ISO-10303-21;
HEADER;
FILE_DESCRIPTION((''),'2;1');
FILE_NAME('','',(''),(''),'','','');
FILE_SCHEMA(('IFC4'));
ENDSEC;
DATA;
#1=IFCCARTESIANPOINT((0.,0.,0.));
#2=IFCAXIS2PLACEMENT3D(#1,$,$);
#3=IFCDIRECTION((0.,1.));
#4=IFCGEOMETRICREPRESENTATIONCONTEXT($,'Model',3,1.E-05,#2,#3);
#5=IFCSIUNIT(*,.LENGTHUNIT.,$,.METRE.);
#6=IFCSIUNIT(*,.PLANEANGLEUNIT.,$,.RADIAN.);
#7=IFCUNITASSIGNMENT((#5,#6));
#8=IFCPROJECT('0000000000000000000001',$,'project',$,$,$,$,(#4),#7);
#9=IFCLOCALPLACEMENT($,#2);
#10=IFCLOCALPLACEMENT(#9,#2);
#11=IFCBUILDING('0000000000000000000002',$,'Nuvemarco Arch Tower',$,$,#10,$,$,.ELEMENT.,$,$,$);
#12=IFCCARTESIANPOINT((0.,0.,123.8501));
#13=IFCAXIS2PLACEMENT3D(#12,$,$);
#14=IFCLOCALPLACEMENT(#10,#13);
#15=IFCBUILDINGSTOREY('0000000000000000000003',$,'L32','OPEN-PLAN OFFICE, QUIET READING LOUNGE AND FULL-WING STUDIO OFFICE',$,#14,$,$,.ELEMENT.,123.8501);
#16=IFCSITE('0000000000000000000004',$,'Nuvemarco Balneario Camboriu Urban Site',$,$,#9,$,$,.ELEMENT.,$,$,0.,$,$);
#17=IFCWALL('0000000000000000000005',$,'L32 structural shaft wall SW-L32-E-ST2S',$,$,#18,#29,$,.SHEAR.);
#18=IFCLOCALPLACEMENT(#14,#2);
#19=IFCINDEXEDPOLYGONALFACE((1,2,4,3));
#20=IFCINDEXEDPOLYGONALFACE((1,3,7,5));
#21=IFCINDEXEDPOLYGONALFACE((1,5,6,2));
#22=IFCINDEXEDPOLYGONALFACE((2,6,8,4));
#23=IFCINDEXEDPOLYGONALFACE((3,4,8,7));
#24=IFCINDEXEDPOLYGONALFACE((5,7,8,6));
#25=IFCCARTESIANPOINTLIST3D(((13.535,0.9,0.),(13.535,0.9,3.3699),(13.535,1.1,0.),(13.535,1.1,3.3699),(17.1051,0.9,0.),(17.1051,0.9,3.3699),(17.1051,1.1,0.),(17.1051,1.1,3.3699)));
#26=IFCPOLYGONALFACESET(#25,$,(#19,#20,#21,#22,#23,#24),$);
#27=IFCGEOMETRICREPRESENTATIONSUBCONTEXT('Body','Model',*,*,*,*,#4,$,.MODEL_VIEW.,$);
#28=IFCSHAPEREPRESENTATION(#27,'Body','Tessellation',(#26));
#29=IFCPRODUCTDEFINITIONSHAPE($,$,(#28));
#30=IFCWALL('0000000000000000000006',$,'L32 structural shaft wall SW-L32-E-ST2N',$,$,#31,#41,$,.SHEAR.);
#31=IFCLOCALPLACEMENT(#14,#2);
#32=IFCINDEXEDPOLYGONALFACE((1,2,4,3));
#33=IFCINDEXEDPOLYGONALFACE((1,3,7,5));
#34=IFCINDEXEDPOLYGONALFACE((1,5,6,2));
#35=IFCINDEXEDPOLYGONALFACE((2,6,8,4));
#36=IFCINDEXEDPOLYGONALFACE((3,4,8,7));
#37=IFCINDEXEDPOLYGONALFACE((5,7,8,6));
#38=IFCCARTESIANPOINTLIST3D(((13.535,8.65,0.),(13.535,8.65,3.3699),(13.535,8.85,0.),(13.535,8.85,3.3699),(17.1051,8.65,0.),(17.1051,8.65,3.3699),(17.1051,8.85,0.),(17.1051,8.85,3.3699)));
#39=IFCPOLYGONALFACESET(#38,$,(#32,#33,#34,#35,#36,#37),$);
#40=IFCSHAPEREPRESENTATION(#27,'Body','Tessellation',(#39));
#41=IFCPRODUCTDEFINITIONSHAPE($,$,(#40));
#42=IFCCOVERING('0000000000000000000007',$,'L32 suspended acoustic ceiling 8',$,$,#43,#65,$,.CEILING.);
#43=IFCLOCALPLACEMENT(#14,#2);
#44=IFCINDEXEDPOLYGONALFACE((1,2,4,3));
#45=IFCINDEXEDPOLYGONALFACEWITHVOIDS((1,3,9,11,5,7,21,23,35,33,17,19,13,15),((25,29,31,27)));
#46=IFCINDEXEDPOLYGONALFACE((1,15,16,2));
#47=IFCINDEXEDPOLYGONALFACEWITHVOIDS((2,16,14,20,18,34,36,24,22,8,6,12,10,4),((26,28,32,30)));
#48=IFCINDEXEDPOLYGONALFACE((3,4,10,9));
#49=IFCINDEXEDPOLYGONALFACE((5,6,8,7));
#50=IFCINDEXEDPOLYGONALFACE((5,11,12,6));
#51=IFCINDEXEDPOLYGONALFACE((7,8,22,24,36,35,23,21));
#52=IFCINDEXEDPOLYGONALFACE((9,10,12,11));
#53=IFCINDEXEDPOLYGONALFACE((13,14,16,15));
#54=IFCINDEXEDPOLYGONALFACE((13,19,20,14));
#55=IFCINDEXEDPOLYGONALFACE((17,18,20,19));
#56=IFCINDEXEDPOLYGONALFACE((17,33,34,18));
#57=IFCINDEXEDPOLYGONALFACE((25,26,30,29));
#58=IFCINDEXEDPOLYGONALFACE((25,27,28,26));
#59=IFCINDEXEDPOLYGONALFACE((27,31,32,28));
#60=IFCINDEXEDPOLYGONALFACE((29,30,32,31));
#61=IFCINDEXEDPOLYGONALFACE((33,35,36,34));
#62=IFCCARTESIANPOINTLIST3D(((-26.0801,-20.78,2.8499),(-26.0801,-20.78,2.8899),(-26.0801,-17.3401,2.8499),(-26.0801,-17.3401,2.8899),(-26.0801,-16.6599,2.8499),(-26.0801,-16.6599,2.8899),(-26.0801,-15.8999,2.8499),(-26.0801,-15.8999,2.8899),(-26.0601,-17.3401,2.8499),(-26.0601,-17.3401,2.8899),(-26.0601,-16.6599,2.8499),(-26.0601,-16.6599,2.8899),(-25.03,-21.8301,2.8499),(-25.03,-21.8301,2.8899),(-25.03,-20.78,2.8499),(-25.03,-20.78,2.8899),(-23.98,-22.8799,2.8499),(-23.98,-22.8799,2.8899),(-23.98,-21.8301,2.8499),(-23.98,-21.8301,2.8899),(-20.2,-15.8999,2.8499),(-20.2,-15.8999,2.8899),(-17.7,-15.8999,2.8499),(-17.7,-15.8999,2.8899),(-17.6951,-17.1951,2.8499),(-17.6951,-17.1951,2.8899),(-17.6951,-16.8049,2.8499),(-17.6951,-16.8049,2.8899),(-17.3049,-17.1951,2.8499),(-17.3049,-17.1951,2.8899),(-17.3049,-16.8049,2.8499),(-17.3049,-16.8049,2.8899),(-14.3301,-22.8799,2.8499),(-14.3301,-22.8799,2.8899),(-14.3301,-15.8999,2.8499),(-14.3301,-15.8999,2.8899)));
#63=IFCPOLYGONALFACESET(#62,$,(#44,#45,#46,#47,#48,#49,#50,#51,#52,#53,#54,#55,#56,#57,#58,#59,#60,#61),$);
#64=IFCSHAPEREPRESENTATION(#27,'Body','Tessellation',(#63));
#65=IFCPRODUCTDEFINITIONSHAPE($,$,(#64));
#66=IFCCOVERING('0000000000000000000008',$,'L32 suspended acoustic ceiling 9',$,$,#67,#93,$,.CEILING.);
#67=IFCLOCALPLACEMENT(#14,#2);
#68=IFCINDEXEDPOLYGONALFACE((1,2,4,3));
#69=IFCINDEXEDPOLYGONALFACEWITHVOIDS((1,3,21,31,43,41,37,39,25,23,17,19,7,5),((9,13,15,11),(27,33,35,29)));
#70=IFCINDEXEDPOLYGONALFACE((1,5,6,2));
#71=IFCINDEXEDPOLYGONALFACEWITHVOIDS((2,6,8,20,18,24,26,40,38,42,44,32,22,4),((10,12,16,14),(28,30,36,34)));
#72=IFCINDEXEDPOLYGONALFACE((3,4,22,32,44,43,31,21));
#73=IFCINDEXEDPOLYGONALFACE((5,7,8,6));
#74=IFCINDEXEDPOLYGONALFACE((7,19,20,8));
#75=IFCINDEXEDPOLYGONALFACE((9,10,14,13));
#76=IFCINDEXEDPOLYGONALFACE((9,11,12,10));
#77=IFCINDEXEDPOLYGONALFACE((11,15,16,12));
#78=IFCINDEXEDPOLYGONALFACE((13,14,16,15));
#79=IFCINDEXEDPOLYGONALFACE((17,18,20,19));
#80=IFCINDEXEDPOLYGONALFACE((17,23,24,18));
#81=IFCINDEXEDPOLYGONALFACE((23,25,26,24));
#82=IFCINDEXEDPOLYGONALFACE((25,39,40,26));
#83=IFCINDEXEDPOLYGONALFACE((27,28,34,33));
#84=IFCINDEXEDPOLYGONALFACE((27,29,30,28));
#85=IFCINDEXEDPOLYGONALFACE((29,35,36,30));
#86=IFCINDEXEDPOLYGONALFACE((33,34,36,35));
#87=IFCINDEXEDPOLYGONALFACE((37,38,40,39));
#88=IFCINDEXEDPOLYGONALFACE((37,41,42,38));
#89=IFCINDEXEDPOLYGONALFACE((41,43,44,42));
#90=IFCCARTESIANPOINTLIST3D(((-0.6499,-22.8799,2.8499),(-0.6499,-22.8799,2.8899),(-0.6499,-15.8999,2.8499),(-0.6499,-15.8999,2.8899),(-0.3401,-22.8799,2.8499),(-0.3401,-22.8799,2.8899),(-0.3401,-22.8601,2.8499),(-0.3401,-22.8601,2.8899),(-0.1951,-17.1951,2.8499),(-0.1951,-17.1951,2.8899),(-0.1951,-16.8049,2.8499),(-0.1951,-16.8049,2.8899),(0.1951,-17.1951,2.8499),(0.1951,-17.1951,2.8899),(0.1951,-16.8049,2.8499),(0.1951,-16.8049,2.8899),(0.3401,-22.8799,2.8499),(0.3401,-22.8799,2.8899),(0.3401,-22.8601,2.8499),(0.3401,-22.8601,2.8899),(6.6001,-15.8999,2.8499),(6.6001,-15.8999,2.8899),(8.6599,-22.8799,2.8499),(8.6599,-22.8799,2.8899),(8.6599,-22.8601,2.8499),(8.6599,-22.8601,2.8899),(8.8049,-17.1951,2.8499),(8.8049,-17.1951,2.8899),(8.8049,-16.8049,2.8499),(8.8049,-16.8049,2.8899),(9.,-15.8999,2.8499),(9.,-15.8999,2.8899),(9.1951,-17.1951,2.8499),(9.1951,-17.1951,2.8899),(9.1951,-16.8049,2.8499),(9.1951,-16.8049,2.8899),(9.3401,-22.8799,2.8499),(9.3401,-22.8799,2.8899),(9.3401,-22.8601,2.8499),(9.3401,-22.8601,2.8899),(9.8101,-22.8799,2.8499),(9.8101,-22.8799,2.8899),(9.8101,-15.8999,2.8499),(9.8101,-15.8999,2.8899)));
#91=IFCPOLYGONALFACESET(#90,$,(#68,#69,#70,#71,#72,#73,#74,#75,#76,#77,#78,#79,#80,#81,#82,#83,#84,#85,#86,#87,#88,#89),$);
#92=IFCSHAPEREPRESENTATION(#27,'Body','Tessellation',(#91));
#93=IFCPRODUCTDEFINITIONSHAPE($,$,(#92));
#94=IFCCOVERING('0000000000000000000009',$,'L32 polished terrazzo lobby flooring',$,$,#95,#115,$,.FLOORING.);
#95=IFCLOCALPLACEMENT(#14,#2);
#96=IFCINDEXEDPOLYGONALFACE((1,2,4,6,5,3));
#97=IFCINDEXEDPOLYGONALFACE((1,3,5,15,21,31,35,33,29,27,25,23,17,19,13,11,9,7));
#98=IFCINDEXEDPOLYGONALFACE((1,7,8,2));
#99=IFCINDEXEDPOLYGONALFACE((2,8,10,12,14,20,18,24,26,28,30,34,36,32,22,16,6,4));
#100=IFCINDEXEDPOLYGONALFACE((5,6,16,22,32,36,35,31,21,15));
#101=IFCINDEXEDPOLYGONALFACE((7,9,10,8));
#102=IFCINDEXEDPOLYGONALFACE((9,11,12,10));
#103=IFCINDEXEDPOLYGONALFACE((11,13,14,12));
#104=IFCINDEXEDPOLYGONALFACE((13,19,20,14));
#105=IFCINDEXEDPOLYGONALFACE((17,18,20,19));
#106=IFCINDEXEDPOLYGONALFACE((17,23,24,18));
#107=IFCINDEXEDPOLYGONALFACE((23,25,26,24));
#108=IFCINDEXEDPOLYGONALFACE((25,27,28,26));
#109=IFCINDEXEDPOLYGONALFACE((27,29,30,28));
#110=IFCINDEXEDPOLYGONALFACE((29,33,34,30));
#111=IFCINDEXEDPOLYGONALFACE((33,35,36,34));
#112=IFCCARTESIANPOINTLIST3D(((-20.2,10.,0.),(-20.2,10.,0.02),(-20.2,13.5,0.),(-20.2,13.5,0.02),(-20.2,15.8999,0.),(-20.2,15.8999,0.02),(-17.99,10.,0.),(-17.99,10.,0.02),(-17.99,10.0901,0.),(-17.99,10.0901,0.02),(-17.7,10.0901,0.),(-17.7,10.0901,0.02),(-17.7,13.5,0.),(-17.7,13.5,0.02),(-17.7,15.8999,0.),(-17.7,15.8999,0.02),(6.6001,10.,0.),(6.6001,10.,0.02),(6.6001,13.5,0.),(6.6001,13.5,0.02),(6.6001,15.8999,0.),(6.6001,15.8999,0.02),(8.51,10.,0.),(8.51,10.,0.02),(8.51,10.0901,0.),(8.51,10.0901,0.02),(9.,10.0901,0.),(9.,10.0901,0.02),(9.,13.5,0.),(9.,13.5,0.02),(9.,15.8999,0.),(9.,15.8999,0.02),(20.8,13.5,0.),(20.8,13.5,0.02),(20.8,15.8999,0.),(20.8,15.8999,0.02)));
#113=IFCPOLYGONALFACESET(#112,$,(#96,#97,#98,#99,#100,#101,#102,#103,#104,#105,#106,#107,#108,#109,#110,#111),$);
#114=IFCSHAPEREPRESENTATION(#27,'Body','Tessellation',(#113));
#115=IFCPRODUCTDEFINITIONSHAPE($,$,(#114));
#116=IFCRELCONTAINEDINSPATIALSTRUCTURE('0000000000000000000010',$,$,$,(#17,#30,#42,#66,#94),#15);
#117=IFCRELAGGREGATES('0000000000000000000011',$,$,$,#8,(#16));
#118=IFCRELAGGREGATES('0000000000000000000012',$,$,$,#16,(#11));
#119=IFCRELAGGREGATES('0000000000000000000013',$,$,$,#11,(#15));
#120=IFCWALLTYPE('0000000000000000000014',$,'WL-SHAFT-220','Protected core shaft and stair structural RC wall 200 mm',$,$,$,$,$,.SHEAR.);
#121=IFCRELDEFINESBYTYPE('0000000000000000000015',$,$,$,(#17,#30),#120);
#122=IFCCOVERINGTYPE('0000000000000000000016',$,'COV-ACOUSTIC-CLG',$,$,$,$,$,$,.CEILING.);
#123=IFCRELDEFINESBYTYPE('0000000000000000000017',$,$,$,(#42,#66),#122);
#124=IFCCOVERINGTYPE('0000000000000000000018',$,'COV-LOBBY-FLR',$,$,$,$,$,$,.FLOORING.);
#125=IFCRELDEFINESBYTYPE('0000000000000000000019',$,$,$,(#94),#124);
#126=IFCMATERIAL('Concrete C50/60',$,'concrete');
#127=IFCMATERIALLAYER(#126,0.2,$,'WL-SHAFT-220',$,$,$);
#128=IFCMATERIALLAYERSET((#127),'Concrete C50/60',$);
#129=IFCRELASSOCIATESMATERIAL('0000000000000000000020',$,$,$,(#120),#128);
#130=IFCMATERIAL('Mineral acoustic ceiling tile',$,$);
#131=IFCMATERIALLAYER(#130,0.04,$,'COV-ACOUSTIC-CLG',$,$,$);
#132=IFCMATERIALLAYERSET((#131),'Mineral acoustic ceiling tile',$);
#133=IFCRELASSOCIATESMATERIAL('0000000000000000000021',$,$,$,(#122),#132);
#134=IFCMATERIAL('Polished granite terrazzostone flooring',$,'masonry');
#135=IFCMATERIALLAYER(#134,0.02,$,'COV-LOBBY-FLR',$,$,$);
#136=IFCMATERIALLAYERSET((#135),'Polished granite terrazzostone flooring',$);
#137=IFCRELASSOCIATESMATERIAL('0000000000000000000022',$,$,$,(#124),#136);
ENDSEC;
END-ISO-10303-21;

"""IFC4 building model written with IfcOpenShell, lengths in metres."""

from ifc_helpers import new_model, si_unit, direction, frame, frame_2d, origin, place, context, subcontext, project, spatial, polyline, rectangle, outline, extrude, material, layer, layer_set, type_object, element, save


model = new_model("IFC4")

# Units and contexts
model_context = context("Model", 3, precision=1e-05, world=origin(), true_north=direction((0.0, 1.0)))
body_context = subcontext(model_context, "Body", "Model", "MODEL_VIEW")
ifc_project = project(units=[si_unit("LENGTHUNIT", "METRE"), si_unit("PLANEANGLEUNIT", "RADIAN")], contexts=[model_context])

# Site, building, storey
site_placement = place(None, origin())
site = spatial("IfcSite", under=ifc_project, at=site_placement, Name="Nuvemarco Balneario Camboriu Urban Site", CompositionType="ELEMENT", RefElevation=0.0)
building_placement = place(site_placement, origin())
building = spatial("IfcBuilding", under=site, at=building_placement, Name="Nuvemarco Arch Tower", CompositionType="ELEMENT")
storey_placement = place(building_placement, frame((0.0, 0.0, 123.8501)))
storey = spatial("IfcBuildingStorey", under=building, at=storey_placement, Name="L32", Description="OPEN-PLAN OFFICE, QUIET READING LOUNGE AND FULL-WING STUDIO OFFICE", CompositionType="ELEMENT", Elevation=123.8501)

# Shared definitions
ifc_material_1 = material(Name="Concrete C50/60", Category="concrete")

# Shared definitions
ifc_layer_1 = layer(ifc_material_1, 0.2, Name="WL-SHAFT-220")
ifc_layer_set_1 = layer_set([ifc_layer_1], Name="Concrete C50/60")
wall_type_1 = type_object("IfcWallType", Name="WL-SHAFT-220", Description="Protected core shaft and stair structural RC wall 200 mm", PredefinedType="SHEAR", material=ifc_layer_set_1)

# Walls
for number, where, z_axis, x_axis, name in (
    (1, (13.5349, 1.0, 0.0), (0.0, 0.0, 1.0), (1.0, 0.0, 0.0), "L32 structural shaft wall SW-L32-E-ST2S"),
    (2, (13.5349, 8.75, 0.0), (0.0, 0.0, 1.0), (1.0, 0.0, 0.0), "L32 structural shaft wall SW-L32-E-ST2N"),
):
    element("IfcWall", number, at=place(storey_placement, frame(where, z_axis=z_axis, x_axis=x_axis)), inside=storey, type_object=wall_type_1, Name=name, PredefinedType="SHEAR", context=body_context, shape_type="SweptSolid", body=[
        extrude(rectangle(XDim=3.5701, YDim=0.2, at=frame_2d((1.7852, 0.0))), origin(), (0.0, 0.0, 1.0), 3.3699),
    ])

# Coverings
ifc_material_2 = material(Name="Mineral acoustic ceiling tile")
ifc_layer_2 = layer(ifc_material_2, 0.04, Name="COV-ACOUSTIC-CLG")
ifc_layer_set_2 = layer_set([ifc_layer_2], Name="Mineral acoustic ceiling tile")
covering_type_1 = type_object("IfcCoveringType", Name="COV-ACOUSTIC-CLG", PredefinedType="CEILING", material=ifc_layer_set_2)
covering_1_placement = place(storey_placement, frame((0.0, 0.0, 2.8499)))
element("IfcCovering", 3, at=covering_1_placement, inside=storey, type_object=covering_type_1, Name="L32 suspended acoustic ceiling 8", PredefinedType="CEILING", context=body_context, shape_type="SweptSolid", body=[
    extrude(outline(polyline([(-26.0801, -20.78), (-26.0801, -17.3401), (-26.0601, -17.3401), (-26.0601, -16.6599), (-26.0801, -16.6599), (-26.0801, -15.8999), (-20.2, -15.8999), (-17.7, -15.8999), (-14.3301, -15.8999), (-14.3301, -22.8799), (-23.98, -22.8799), (-23.98, -21.8301), (-25.03, -21.8301), (-25.03, -20.78), (-26.0801, -20.78)]), holes=[polyline([(-17.3049, -16.8049), (-17.6951, -16.8049), (-17.6951, -17.1951), (-17.3049, -17.1951), (-17.3049, -16.8049)])]), origin(), (0.0, 0.0, 1.0), 0.04),
])
covering_2_placement = place(storey_placement, frame((0.0, 0.0, 2.8499)))
element("IfcCovering", 4, at=covering_2_placement, inside=storey, type_object=covering_type_1, Name="L32 suspended acoustic ceiling 9", PredefinedType="CEILING", context=body_context, shape_type="SweptSolid", body=[
    extrude(outline(polyline([(9.8101, -15.8999), (9.8101, -22.8799), (9.3401, -22.8799), (9.3401, -22.8601), (8.6599, -22.8601), (8.6599, -22.8799), (0.3401, -22.8799), (0.3401, -22.8601), (-0.3401, -22.8601), (-0.3401, -22.8799), (-0.6499, -22.8799), (-0.6499, -15.8999), (6.6001, -15.8999), (9.0, -15.8999), (9.8101, -15.8999)]), holes=[polyline([(0.1951, -17.1951), (0.1951, -16.8049), (-0.1951, -16.8049), (-0.1951, -17.1951), (0.1951, -17.1951)]), polyline([(9.1951, -17.1951), (9.1951, -16.8049), (8.8049, -16.8049), (8.8049, -17.1951), (9.1951, -17.1951)])]), origin(), (0.0, 0.0, 1.0), 0.04),
])
ifc_material_3 = material(Name="Polished granite terrazzostone flooring", Category="masonry")
ifc_layer_3 = layer(ifc_material_3, 0.02, Name="COV-LOBBY-FLR")
ifc_layer_set_3 = layer_set([ifc_layer_3], Name="Polished granite terrazzostone flooring")
covering_type_2 = type_object("IfcCoveringType", Name="COV-LOBBY-FLR", PredefinedType="FLOORING", material=ifc_layer_set_3)
covering_3_placement = place(storey_placement, origin())
element("IfcCovering", 5, at=covering_3_placement, inside=storey, type_object=covering_type_2, Name="L32 polished terrazzo lobby flooring", PredefinedType="FLOORING", context=body_context, shape_type="SweptSolid", body=[
    extrude(outline(polyline([(-20.2, 13.5), (-20.2, 15.8999), (-17.7, 15.8999), (6.6001, 15.8999), (9.0, 15.8999), (20.8, 15.8999), (20.8, 13.5), (9.0, 13.5), (9.0, 10.0901), (8.51, 10.0901), (8.51, 10.0), (6.6001, 10.0), (6.6001, 13.5), (-17.7, 13.5), (-17.7, 10.0901), (-17.99, 10.0901), (-17.99, 10.0), (-20.2, 10.0), (-20.2, 13.5)])), origin(), (0.0, 0.0, 1.0), 0.02),
])

save(model, "model.ifc")
